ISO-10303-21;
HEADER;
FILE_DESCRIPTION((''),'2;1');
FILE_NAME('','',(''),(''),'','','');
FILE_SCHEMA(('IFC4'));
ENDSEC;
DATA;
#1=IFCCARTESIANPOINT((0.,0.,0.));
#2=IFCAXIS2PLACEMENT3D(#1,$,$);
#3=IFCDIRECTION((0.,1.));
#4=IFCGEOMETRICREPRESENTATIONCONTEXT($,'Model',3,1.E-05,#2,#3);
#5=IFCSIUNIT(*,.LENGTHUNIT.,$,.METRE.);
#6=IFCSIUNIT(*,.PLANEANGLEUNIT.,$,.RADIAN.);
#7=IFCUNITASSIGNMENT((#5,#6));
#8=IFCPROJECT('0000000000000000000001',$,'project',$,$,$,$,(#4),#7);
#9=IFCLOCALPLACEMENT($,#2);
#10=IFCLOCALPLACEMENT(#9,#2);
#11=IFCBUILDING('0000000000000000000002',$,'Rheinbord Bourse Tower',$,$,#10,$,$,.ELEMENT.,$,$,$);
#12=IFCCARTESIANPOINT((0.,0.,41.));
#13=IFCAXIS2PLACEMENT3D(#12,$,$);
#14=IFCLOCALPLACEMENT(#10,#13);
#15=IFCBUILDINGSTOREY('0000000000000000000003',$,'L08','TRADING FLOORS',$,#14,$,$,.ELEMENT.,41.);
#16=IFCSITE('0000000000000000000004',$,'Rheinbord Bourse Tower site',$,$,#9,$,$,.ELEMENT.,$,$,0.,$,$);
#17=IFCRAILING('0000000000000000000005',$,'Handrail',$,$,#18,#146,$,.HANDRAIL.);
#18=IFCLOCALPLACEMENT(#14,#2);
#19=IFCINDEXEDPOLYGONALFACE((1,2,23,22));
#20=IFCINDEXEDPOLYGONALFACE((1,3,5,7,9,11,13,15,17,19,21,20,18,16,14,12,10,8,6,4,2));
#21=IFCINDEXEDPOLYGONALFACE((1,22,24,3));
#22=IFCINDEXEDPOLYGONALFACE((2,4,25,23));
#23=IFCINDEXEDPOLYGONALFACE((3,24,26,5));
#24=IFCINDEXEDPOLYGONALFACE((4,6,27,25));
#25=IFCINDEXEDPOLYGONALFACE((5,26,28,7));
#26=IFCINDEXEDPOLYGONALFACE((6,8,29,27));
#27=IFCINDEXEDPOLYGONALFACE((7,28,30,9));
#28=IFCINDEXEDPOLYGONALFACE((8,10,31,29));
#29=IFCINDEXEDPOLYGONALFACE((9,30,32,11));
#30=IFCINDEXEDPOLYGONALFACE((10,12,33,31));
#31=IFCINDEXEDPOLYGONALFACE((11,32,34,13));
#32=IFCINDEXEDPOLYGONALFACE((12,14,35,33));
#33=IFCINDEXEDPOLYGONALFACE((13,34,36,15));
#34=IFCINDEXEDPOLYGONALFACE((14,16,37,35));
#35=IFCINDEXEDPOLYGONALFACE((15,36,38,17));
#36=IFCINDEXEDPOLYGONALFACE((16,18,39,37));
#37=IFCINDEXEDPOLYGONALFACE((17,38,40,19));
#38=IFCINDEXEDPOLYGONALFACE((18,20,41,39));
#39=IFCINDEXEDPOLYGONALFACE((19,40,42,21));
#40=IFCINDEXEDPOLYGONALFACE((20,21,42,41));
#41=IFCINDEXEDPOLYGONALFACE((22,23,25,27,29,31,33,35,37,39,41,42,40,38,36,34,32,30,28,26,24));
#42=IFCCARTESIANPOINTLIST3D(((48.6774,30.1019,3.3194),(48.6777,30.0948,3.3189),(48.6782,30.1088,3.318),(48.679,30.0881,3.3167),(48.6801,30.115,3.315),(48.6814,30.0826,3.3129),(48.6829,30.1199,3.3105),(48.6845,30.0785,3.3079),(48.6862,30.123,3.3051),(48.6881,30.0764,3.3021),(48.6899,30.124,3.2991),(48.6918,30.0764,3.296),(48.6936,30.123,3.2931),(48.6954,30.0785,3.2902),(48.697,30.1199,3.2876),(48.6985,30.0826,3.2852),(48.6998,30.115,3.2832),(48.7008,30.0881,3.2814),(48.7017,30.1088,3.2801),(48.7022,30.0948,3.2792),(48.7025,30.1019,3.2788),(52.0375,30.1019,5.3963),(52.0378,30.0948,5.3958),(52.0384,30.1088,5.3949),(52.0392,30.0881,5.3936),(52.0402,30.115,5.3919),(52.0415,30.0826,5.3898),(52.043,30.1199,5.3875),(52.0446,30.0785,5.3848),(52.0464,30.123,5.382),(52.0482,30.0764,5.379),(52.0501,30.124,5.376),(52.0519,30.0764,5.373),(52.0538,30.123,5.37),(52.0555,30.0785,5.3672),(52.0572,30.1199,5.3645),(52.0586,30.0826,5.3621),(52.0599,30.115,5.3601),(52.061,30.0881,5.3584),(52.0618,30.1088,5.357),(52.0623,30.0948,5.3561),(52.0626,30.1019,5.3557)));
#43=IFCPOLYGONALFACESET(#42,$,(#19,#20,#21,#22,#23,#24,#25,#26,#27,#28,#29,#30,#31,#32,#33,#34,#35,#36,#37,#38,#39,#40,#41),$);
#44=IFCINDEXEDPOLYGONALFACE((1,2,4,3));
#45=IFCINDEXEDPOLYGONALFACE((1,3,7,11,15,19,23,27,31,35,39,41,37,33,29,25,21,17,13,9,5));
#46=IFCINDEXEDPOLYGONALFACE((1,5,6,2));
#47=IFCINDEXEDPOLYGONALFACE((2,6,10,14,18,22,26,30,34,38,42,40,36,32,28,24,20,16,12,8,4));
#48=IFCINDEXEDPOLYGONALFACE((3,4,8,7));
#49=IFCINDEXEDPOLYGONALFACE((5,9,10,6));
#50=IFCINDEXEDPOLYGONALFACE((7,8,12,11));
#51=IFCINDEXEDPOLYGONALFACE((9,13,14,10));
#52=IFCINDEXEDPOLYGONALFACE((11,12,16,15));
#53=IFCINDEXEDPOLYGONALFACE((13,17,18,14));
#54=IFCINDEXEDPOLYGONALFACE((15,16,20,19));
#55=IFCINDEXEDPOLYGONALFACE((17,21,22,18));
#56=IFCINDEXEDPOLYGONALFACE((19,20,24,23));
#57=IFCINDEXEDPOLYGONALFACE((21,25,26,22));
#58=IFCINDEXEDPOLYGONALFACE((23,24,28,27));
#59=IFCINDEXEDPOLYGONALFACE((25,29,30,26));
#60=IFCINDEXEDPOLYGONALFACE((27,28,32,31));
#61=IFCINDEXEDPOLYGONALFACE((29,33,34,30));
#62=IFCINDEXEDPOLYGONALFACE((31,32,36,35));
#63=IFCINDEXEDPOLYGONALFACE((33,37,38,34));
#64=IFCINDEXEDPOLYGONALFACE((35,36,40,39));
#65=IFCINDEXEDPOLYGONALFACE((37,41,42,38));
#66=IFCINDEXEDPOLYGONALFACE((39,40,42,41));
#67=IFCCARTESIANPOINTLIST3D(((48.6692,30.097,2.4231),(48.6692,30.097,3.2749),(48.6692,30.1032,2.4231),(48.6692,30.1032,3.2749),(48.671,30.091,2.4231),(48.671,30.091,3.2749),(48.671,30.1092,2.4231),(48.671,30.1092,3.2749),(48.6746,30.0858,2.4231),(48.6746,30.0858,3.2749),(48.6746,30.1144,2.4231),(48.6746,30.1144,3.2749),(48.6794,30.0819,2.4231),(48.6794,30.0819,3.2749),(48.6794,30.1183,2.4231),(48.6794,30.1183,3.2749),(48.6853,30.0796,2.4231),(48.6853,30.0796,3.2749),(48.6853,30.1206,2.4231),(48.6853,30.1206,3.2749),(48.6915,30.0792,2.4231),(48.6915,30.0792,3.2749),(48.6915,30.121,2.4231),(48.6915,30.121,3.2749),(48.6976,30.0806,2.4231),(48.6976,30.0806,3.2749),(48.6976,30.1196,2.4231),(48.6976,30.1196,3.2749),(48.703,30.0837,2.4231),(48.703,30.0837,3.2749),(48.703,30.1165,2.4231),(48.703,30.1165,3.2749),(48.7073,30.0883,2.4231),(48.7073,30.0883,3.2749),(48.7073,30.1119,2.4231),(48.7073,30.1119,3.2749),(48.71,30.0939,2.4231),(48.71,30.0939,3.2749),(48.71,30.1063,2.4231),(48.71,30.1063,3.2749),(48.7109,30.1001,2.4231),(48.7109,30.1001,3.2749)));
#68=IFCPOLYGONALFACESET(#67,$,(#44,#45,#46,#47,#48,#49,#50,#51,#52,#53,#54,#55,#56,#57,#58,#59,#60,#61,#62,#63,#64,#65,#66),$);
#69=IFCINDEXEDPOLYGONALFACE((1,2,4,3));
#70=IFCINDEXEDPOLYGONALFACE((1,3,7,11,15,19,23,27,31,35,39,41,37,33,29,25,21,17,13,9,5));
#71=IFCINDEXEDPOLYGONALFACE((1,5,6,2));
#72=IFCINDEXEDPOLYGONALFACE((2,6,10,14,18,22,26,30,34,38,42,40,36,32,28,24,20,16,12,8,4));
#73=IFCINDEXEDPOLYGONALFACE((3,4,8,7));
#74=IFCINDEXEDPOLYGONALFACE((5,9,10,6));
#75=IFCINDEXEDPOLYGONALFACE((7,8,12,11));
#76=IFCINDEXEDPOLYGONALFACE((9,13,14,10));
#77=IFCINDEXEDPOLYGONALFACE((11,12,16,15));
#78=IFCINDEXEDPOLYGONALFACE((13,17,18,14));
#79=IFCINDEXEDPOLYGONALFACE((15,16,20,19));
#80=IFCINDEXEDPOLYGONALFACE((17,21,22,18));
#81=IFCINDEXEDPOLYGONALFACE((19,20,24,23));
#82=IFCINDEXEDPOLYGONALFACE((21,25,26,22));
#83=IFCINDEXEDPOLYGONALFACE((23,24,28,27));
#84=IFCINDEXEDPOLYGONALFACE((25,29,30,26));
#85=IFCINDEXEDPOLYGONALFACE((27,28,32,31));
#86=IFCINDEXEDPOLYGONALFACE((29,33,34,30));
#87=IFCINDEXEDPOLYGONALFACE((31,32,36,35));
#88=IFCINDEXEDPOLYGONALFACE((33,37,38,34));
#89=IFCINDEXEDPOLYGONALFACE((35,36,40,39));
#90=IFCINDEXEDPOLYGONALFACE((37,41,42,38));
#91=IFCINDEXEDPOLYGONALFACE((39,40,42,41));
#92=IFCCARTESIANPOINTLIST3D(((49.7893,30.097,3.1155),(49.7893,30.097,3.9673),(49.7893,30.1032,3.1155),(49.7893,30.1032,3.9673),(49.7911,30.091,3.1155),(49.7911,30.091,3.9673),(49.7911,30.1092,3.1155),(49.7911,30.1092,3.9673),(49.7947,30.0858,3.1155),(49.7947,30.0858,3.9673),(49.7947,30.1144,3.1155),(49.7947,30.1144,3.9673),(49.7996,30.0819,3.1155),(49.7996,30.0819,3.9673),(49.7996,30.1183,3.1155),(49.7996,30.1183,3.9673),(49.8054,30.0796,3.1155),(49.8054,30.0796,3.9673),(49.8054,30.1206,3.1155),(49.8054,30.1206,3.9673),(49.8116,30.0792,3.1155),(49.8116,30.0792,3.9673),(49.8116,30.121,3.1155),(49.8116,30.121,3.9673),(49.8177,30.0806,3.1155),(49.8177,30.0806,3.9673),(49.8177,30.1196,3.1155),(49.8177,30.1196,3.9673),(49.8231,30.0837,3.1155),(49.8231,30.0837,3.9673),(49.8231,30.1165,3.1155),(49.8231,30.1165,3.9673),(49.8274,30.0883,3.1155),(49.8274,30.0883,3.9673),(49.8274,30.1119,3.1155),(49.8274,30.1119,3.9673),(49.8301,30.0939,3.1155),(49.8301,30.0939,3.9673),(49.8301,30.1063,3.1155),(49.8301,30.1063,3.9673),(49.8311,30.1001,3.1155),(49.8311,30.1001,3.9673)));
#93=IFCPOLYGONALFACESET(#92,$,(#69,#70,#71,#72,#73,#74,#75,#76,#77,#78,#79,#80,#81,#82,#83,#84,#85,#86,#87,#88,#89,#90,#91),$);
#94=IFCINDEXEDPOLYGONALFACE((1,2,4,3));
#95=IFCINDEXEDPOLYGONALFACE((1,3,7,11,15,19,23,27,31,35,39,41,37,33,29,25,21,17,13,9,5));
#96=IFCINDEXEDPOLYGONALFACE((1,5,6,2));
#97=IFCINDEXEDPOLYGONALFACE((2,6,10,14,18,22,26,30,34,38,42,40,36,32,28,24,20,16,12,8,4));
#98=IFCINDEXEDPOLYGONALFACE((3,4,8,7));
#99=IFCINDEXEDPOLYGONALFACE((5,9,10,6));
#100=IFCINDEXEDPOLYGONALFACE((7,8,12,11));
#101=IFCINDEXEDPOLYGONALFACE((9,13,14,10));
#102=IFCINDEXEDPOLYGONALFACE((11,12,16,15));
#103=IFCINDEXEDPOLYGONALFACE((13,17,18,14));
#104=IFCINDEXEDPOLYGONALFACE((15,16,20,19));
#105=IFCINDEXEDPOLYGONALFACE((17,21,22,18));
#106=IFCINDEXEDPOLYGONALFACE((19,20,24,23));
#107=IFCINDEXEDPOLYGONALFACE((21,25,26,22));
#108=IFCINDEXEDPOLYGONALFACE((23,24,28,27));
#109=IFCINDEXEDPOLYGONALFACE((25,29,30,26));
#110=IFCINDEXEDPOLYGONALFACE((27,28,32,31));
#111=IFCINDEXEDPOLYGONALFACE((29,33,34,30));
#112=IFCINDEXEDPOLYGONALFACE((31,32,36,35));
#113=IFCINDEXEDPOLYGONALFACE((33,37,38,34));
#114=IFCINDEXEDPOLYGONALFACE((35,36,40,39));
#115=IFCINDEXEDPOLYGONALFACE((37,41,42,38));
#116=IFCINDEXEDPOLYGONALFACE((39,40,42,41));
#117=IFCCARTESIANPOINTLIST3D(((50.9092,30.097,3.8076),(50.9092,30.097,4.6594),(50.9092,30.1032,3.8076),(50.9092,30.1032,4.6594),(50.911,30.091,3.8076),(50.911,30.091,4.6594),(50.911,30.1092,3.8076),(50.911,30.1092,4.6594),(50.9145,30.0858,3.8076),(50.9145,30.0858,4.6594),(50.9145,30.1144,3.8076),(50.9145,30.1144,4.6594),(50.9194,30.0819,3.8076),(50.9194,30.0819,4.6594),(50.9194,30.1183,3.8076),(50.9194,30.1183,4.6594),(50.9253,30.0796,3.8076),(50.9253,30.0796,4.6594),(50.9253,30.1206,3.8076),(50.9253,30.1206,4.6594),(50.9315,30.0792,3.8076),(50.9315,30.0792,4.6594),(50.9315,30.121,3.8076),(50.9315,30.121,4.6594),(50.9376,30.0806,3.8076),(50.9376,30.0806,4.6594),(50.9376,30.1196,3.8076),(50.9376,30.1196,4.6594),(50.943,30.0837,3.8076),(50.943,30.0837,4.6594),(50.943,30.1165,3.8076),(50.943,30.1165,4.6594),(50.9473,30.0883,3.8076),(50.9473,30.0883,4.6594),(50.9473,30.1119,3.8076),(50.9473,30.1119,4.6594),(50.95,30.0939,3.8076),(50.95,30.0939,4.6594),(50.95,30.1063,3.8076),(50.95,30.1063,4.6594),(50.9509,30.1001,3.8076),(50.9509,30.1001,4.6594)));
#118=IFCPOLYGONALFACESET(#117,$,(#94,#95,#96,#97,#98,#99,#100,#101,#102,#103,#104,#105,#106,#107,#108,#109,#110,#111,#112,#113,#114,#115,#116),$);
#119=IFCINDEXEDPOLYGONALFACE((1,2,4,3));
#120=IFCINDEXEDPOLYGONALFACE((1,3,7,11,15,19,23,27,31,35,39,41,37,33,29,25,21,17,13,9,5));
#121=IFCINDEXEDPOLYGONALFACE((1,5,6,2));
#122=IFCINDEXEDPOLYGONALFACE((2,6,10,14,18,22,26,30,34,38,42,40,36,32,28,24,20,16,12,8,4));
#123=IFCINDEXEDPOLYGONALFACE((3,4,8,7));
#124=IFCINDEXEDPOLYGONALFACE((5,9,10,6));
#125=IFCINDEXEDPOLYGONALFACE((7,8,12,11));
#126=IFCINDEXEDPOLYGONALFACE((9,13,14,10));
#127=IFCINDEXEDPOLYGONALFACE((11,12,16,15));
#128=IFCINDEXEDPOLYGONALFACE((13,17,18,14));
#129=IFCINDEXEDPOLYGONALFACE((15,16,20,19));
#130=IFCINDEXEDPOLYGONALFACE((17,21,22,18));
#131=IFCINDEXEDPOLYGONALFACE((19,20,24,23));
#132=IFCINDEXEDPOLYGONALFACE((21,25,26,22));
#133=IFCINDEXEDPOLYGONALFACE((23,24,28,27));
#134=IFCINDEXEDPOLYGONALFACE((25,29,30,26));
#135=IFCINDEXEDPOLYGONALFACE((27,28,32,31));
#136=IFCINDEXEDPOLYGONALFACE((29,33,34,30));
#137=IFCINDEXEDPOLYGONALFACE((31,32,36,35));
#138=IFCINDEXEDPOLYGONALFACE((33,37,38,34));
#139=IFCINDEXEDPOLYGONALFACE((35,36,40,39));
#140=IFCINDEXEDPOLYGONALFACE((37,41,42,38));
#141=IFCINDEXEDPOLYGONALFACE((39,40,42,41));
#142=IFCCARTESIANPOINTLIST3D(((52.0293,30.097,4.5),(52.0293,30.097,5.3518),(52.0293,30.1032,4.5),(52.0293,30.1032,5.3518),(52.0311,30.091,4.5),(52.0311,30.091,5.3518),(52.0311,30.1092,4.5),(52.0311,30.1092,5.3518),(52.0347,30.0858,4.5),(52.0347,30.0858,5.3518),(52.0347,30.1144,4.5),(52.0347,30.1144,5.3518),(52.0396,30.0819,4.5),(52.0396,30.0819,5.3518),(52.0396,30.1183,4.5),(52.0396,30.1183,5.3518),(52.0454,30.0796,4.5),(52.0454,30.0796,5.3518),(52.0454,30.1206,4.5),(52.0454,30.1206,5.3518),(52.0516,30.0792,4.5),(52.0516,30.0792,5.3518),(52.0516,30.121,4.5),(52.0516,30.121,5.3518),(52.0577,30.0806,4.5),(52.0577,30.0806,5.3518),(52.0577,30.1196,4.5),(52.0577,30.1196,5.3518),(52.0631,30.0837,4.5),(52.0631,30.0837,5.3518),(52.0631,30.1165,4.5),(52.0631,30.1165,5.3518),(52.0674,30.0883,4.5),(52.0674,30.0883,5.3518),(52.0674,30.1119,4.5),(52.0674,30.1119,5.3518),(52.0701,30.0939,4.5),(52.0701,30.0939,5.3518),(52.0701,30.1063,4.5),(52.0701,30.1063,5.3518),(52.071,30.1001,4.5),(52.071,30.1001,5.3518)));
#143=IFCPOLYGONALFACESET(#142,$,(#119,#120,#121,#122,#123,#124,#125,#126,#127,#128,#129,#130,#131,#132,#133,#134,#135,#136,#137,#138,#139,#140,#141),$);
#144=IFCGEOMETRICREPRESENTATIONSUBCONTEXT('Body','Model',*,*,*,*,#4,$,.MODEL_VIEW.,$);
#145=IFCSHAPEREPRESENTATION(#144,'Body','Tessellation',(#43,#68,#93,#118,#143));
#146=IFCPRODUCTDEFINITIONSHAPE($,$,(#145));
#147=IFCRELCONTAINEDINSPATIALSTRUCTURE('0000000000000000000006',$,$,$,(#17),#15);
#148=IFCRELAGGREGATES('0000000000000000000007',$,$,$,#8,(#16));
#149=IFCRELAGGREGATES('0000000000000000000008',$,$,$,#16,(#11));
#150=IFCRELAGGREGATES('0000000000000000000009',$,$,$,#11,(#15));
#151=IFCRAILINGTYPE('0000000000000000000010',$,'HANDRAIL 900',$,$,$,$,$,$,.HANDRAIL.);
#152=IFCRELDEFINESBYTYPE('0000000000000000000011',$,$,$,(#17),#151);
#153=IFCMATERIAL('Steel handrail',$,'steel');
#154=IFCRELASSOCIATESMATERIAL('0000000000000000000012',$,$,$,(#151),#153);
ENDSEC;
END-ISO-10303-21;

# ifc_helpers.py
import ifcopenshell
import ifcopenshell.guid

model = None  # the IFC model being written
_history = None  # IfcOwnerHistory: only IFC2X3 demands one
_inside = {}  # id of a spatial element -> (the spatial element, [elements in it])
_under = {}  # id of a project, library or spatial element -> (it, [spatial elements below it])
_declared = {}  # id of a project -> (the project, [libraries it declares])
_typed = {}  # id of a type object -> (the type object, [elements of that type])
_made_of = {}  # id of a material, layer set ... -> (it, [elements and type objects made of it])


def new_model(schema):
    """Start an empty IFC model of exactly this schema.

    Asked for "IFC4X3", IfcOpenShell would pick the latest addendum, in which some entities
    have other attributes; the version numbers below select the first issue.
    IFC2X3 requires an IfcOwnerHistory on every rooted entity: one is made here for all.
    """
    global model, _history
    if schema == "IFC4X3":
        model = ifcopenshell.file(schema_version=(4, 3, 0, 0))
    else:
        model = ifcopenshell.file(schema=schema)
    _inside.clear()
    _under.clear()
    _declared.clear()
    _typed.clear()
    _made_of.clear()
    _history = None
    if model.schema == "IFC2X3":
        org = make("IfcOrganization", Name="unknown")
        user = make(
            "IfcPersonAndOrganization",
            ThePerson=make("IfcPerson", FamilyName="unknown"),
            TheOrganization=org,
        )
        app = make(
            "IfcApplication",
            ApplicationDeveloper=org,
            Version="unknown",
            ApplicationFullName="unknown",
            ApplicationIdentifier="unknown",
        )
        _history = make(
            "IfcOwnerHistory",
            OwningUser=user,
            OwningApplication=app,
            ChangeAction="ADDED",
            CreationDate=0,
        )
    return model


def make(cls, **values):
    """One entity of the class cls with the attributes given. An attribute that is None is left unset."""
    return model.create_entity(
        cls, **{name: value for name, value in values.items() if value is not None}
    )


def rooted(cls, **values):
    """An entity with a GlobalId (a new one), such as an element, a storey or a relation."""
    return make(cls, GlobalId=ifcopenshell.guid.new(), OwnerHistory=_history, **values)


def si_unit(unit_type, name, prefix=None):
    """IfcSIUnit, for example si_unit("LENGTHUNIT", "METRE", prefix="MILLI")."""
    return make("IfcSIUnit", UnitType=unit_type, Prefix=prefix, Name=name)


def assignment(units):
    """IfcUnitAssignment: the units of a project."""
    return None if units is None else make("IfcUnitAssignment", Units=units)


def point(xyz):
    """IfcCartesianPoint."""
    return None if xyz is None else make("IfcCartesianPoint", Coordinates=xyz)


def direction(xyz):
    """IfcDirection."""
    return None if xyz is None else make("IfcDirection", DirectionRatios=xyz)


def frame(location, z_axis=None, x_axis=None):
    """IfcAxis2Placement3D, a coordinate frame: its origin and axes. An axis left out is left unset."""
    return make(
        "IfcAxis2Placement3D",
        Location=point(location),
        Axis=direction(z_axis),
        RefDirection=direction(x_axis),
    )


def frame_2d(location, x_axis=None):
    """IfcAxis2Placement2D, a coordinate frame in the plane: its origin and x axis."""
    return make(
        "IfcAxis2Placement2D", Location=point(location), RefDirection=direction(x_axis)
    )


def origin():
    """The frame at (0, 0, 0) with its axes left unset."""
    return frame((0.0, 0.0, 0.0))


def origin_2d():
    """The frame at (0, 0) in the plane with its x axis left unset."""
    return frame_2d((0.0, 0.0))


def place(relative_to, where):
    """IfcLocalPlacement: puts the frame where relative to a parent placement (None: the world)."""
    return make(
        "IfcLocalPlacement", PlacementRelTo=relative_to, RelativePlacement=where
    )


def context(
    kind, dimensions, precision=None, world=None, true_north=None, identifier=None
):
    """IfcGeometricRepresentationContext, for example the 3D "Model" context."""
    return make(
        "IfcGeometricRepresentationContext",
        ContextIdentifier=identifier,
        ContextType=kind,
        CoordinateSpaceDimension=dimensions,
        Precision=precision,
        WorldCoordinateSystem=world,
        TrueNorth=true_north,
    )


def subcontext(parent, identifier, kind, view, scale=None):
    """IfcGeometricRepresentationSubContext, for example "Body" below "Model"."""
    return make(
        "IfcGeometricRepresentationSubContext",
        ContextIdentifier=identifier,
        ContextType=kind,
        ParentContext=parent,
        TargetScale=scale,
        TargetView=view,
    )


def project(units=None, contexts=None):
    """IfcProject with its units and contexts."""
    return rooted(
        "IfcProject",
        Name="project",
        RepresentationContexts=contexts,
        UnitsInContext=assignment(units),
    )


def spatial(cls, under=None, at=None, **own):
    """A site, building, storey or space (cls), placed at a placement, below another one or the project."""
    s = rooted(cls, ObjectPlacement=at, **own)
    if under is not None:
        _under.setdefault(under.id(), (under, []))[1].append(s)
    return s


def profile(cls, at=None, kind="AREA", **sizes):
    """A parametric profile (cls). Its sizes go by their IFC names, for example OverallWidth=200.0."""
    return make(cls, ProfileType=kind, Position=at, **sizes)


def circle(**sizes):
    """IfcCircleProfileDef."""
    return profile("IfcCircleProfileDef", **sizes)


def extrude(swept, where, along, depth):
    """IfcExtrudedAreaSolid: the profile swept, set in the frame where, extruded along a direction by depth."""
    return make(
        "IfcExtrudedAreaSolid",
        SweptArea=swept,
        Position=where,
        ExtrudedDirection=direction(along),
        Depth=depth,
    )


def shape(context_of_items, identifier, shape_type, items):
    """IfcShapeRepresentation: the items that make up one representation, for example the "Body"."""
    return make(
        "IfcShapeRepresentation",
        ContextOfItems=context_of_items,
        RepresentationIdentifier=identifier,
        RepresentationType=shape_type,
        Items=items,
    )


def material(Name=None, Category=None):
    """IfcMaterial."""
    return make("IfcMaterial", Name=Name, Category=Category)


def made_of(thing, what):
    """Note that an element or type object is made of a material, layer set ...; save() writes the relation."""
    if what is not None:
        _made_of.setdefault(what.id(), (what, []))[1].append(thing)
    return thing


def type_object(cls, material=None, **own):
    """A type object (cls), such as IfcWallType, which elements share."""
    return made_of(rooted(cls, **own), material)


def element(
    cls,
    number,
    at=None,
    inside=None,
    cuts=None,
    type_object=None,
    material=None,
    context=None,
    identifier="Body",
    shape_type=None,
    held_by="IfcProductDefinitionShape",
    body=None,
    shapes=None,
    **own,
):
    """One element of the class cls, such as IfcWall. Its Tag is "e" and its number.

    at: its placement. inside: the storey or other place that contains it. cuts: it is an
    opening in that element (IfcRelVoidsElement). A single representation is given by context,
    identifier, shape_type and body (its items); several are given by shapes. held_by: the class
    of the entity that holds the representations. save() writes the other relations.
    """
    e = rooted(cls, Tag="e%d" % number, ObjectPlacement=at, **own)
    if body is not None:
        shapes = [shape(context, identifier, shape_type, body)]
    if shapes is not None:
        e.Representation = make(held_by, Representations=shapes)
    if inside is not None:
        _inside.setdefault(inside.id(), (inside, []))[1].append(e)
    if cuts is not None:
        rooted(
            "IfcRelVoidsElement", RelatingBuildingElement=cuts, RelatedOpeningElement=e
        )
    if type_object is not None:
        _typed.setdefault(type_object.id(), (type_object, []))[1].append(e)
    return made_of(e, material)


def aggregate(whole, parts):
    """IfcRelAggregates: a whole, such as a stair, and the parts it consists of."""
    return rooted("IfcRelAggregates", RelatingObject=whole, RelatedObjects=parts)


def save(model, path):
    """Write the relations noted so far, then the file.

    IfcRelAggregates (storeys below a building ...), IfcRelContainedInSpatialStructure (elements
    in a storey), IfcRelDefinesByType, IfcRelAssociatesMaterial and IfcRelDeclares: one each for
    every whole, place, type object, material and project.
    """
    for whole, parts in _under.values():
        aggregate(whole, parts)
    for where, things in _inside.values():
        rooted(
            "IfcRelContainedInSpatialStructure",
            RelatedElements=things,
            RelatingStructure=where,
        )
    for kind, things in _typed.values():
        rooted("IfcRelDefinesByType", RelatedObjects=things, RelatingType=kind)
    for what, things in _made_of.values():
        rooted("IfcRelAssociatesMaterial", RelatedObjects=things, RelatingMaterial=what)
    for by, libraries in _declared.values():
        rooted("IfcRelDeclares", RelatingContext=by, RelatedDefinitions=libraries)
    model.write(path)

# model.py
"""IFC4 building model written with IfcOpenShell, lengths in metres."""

from ifc_helpers import new_model, si_unit, direction, frame, origin, origin_2d, place, context, subcontext, project, spatial, circle, extrude, material, type_object, element, save


model = new_model("IFC4")

# Units and contexts
model_context = context("Model", 3, precision=1e-05, world=origin(), true_north=direction((0.0, 1.0)))
body_context = subcontext(model_context, "Body", "Model", "MODEL_VIEW")
ifc_project = project(units=[si_unit("LENGTHUNIT", "METRE"), si_unit("PLANEANGLEUNIT", "RADIAN")], contexts=[model_context])

# Site, building, storey
site_placement = place(None, origin())
site = spatial("IfcSite", under=ifc_project, at=site_placement, Name="Rheinbord Bourse Tower site", CompositionType="ELEMENT", RefElevation=0.0)
building_placement = place(site_placement, origin())
building = spatial("IfcBuilding", under=site, at=building_placement, Name="Rheinbord Bourse Tower", CompositionType="ELEMENT")
storey_placement = place(building_placement, frame((0.0, 0.0, 41.0)))
storey = spatial("IfcBuildingStorey", under=building, at=storey_placement, Name="L08", Description="TRADING FLOORS", CompositionType="ELEMENT", Elevation=41.0)

# Railing
ifc_material_1 = material(Name="Steel handrail", Category="steel")
railing_type = type_object("IfcRailingType", Name="HANDRAIL 900", PredefinedType="HANDRAIL", material=ifc_material_1)
railing_1_placement = place(storey_placement, frame((48.6899, 30.1001, 2.4231)))
element("IfcRailing", 1, at=railing_1_placement, inside=storey, type_object=railing_type, Name="Handrail", PredefinedType="HANDRAIL", context=body_context, shape_type="SweptSolid", body=[
    extrude(circle(Radius=0.0239, at=origin_2d()), frame((0.0, 0.0, 0.876), z_axis=(0.850623, 0.0, 0.525776), x_axis=(0.0, 1.0, 0.0)), (0.0, 0.0, 1.0), 3.9502),
    extrude(circle(Radius=0.021, at=origin_2d()), origin(), (0.0, 0.0, 1.0), 0.8518),
    extrude(circle(Radius=0.021, at=origin_2d()), frame((1.1201, 0.0, 0.6924)), (0.0, 0.0, 1.0), 0.8518),
    extrude(circle(Radius=0.021, at=origin_2d()), frame((2.24, 0.0, 1.3845)), (0.0, 0.0, 1.0), 0.8518),
    extrude(circle(Radius=0.021, at=origin_2d()), frame((3.3601, 0.0, 2.0769)), (0.0, 0.0, 1.0), 0.8518),
])

save(model, "model.ifc")
